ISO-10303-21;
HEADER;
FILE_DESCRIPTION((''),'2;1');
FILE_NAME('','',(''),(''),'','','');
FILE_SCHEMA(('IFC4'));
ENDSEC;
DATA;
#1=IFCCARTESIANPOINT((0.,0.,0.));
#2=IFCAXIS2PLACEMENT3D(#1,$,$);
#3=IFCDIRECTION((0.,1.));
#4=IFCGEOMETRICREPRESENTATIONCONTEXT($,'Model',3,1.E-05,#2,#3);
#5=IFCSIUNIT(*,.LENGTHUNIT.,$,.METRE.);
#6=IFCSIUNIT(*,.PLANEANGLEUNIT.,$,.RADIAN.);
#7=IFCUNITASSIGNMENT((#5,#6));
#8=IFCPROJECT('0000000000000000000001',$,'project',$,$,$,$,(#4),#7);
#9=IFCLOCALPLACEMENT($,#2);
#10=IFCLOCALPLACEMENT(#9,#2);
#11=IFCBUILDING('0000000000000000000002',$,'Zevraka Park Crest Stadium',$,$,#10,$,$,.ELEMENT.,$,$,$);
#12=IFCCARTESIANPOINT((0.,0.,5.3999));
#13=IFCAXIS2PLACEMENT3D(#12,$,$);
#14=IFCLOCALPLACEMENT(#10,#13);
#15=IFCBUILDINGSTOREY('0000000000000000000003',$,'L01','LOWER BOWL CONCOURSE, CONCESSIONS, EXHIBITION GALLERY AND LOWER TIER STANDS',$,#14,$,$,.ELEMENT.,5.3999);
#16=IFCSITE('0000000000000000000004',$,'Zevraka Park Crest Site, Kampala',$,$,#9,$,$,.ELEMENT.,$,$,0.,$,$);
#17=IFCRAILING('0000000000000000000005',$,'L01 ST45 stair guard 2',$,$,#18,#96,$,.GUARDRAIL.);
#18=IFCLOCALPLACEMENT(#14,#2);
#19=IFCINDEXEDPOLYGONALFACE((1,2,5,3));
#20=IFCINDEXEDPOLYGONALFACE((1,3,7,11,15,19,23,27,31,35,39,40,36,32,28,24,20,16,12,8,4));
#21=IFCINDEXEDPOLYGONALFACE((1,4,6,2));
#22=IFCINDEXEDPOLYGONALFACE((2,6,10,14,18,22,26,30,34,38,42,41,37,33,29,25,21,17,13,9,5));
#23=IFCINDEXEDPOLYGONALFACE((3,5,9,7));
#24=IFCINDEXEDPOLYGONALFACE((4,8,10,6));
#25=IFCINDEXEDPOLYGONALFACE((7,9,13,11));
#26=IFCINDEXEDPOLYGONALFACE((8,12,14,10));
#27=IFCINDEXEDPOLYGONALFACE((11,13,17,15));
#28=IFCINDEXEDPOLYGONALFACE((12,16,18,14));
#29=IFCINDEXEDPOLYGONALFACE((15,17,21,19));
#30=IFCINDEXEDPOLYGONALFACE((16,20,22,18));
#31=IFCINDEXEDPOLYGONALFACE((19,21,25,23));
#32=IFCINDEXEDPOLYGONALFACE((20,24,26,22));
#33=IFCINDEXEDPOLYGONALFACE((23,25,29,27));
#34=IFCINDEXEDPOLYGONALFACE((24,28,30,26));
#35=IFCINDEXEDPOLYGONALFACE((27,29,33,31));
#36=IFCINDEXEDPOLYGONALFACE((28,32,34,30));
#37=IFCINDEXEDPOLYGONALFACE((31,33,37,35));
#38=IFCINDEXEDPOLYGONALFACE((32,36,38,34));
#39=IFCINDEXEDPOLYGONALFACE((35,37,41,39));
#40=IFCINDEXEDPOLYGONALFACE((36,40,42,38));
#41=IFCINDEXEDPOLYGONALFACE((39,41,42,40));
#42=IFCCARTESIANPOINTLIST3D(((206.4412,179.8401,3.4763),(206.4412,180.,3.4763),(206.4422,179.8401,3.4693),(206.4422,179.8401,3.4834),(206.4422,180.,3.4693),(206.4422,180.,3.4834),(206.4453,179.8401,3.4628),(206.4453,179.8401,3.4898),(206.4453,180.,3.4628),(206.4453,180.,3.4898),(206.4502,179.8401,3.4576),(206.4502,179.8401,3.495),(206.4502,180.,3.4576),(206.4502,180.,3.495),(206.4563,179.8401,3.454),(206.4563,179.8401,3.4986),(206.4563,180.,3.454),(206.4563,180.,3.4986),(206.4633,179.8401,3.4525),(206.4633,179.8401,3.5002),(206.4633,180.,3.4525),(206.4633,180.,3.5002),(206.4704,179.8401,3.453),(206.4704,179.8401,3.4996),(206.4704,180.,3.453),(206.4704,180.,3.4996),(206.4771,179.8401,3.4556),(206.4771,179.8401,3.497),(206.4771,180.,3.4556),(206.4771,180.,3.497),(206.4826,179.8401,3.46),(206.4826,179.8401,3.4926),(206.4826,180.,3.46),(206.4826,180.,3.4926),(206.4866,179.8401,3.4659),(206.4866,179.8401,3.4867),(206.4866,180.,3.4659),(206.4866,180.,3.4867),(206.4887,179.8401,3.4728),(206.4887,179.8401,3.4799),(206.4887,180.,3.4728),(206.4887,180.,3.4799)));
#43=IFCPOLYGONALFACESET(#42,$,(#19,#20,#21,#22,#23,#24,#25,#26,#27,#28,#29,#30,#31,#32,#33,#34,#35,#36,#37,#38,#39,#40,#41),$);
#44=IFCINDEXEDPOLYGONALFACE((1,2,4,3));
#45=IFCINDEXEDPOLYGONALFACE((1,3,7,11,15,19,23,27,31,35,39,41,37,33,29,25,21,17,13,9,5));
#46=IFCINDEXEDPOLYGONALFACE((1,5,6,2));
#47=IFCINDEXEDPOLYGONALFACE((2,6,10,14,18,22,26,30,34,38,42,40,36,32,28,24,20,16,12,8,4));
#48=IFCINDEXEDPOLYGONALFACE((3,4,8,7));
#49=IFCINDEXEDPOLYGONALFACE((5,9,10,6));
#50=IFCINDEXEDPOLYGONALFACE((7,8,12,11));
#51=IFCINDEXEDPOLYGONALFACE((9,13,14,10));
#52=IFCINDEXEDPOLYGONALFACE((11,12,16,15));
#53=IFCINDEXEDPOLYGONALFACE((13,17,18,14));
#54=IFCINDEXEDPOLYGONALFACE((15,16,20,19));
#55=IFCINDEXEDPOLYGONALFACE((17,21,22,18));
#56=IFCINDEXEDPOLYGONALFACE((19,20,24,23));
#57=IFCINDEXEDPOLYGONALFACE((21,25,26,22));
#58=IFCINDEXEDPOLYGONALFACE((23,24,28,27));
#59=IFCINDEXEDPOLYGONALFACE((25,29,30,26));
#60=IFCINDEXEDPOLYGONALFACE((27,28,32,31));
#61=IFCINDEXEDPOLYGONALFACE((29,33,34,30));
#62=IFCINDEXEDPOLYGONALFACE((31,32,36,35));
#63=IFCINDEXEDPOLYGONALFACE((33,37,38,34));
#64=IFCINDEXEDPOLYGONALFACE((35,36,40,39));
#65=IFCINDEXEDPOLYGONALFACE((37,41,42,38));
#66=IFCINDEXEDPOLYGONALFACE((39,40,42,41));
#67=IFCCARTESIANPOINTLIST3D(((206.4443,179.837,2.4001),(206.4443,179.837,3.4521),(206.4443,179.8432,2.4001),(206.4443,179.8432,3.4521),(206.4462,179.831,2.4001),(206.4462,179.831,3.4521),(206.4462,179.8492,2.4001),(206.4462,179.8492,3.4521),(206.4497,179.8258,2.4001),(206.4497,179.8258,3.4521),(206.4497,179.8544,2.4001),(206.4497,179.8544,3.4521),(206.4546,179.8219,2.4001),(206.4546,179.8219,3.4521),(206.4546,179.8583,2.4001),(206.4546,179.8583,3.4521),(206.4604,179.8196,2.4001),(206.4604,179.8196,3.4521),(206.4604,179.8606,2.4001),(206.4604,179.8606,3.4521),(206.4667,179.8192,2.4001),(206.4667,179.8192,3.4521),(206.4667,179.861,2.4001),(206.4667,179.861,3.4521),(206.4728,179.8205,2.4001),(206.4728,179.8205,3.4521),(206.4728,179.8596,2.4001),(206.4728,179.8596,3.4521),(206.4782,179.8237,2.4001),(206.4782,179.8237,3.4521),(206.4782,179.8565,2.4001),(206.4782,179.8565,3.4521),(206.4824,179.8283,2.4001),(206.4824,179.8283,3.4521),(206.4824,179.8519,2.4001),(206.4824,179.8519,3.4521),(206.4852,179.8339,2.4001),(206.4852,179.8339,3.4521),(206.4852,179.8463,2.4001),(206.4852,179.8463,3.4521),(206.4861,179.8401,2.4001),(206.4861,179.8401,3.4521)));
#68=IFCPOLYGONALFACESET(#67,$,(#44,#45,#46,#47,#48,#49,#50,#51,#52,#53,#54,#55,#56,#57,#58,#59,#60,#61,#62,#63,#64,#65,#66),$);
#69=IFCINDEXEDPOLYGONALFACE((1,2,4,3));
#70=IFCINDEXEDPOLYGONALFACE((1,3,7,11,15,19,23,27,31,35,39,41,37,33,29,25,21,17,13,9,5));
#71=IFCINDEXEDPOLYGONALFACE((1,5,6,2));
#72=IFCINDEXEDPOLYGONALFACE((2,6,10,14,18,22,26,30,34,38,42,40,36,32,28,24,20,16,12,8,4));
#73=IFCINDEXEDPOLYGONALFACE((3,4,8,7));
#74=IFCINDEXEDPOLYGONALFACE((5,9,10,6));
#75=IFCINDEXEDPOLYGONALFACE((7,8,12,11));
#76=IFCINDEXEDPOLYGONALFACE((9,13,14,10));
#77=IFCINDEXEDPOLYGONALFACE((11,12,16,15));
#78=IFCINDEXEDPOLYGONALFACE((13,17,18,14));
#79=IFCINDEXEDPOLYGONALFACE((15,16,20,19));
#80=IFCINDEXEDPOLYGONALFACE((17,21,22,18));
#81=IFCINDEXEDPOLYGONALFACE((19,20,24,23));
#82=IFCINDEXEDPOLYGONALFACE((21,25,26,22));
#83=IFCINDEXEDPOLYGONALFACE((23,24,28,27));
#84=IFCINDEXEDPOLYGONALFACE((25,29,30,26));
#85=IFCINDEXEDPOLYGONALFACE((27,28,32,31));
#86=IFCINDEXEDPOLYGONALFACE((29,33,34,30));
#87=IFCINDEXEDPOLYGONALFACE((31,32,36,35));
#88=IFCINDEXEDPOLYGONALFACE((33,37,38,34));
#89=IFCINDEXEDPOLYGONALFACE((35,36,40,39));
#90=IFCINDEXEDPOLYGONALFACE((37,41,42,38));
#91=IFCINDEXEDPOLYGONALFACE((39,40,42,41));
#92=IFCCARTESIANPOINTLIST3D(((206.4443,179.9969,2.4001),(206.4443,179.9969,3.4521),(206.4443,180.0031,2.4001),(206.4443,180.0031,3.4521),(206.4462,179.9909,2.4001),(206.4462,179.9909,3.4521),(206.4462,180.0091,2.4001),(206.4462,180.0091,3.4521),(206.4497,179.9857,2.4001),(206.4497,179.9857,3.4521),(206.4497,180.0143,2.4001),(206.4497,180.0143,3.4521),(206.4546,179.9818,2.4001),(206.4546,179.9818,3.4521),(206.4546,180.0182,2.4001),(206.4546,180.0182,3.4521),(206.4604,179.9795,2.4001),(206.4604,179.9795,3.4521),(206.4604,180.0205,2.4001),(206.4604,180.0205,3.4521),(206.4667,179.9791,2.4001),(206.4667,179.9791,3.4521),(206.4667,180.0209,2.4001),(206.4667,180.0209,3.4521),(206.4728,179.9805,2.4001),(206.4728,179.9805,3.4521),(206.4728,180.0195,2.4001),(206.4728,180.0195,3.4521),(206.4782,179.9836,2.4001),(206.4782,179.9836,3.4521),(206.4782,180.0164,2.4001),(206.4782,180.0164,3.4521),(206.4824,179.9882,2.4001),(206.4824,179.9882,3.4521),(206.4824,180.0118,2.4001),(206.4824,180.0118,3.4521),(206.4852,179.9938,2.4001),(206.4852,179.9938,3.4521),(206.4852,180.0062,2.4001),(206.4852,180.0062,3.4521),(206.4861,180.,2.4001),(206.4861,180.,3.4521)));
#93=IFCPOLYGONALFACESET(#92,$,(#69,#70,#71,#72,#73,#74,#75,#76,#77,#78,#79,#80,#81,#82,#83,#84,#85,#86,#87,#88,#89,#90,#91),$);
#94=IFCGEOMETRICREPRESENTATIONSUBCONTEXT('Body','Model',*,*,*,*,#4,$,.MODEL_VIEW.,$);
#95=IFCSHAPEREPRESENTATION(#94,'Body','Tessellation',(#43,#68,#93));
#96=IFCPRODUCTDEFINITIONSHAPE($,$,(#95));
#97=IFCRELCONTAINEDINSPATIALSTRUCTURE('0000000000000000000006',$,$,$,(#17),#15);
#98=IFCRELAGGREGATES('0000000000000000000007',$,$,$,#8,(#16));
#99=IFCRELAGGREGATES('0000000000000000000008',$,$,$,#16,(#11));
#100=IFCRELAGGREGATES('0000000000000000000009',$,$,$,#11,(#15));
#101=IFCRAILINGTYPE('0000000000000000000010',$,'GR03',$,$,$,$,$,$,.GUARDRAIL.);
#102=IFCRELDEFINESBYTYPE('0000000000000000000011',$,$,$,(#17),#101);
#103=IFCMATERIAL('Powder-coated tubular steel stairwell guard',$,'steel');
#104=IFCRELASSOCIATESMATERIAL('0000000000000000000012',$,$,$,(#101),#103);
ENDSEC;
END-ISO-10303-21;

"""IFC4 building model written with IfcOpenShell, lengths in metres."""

from ifc_helpers import new_model, si_unit, direction, frame, origin, origin_2d, place, context, subcontext, project, spatial, circle, extrude, material, type_object, element, save


model = new_model("IFC4")

# Units and contexts
model_context = context("Model", 3, precision=1e-05, world=origin(), true_north=direction((0.0, 1.0)))
body_context = subcontext(model_context, "Body", "Model", "MODEL_VIEW")
ifc_project = project(units=[si_unit("LENGTHUNIT", "METRE"), si_unit("PLANEANGLEUNIT", "RADIAN")], contexts=[model_context])

# Site, building, storey
site_placement = place(None, origin())
site = spatial("IfcSite", under=ifc_project, at=site_placement, Name="Zevraka Park Crest Site, Kampala", CompositionType="ELEMENT", RefElevation=0.0)
building_placement = place(site_placement, origin())
building = spatial("IfcBuilding", under=site, at=building_placement, Name="Zevraka Park Crest Stadium", CompositionType="ELEMENT")
storey_placement = place(building_placement, frame((0.0, 0.0, 5.3999)))
storey = spatial("IfcBuildingStorey", under=building, at=storey_placement, Name="L01", Description="LOWER BOWL CONCOURSE, CONCESSIONS, EXHIBITION GALLERY AND LOWER TIER STANDS", CompositionType="ELEMENT", Elevation=5.3999)

# Railing
ifc_material_1 = material(Name="Powder-coated tubular steel stairwell guard", Category="steel")
railing_type_1 = type_object("IfcRailingType", Name="GR03", PredefinedType="GUARDRAIL", material=ifc_material_1)
railing_1_placement = place(storey_placement, frame((206.4651, 179.8401, 2.4001)))
element("IfcRailing", 1, at=railing_1_placement, inside=storey, type_object=railing_type_1, Name="L01 ST45 stair guard 2", PredefinedType="GUARDRAIL", context=body_context, shape_type="SweptSolid", body=[
    extrude(circle(Radius=0.0239, at=origin_2d()), frame((0.0, 0.0, 1.0762), z_axis=(0.0, 1.0, 0.0), x_axis=(-1.0, 0.0, 0.0)), (0.0, 0.0, 1.0), 0.1599),
    extrude(circle(Radius=0.021, at=origin_2d()), origin(), (0.0, 0.0, 1.0), 1.052),
    extrude(circle(Radius=0.021, at=origin_2d()), frame((0.0, 0.1599, 0.0)), (0.0, 0.0, 1.0), 1.052),
])

save(model, "model.ifc")
